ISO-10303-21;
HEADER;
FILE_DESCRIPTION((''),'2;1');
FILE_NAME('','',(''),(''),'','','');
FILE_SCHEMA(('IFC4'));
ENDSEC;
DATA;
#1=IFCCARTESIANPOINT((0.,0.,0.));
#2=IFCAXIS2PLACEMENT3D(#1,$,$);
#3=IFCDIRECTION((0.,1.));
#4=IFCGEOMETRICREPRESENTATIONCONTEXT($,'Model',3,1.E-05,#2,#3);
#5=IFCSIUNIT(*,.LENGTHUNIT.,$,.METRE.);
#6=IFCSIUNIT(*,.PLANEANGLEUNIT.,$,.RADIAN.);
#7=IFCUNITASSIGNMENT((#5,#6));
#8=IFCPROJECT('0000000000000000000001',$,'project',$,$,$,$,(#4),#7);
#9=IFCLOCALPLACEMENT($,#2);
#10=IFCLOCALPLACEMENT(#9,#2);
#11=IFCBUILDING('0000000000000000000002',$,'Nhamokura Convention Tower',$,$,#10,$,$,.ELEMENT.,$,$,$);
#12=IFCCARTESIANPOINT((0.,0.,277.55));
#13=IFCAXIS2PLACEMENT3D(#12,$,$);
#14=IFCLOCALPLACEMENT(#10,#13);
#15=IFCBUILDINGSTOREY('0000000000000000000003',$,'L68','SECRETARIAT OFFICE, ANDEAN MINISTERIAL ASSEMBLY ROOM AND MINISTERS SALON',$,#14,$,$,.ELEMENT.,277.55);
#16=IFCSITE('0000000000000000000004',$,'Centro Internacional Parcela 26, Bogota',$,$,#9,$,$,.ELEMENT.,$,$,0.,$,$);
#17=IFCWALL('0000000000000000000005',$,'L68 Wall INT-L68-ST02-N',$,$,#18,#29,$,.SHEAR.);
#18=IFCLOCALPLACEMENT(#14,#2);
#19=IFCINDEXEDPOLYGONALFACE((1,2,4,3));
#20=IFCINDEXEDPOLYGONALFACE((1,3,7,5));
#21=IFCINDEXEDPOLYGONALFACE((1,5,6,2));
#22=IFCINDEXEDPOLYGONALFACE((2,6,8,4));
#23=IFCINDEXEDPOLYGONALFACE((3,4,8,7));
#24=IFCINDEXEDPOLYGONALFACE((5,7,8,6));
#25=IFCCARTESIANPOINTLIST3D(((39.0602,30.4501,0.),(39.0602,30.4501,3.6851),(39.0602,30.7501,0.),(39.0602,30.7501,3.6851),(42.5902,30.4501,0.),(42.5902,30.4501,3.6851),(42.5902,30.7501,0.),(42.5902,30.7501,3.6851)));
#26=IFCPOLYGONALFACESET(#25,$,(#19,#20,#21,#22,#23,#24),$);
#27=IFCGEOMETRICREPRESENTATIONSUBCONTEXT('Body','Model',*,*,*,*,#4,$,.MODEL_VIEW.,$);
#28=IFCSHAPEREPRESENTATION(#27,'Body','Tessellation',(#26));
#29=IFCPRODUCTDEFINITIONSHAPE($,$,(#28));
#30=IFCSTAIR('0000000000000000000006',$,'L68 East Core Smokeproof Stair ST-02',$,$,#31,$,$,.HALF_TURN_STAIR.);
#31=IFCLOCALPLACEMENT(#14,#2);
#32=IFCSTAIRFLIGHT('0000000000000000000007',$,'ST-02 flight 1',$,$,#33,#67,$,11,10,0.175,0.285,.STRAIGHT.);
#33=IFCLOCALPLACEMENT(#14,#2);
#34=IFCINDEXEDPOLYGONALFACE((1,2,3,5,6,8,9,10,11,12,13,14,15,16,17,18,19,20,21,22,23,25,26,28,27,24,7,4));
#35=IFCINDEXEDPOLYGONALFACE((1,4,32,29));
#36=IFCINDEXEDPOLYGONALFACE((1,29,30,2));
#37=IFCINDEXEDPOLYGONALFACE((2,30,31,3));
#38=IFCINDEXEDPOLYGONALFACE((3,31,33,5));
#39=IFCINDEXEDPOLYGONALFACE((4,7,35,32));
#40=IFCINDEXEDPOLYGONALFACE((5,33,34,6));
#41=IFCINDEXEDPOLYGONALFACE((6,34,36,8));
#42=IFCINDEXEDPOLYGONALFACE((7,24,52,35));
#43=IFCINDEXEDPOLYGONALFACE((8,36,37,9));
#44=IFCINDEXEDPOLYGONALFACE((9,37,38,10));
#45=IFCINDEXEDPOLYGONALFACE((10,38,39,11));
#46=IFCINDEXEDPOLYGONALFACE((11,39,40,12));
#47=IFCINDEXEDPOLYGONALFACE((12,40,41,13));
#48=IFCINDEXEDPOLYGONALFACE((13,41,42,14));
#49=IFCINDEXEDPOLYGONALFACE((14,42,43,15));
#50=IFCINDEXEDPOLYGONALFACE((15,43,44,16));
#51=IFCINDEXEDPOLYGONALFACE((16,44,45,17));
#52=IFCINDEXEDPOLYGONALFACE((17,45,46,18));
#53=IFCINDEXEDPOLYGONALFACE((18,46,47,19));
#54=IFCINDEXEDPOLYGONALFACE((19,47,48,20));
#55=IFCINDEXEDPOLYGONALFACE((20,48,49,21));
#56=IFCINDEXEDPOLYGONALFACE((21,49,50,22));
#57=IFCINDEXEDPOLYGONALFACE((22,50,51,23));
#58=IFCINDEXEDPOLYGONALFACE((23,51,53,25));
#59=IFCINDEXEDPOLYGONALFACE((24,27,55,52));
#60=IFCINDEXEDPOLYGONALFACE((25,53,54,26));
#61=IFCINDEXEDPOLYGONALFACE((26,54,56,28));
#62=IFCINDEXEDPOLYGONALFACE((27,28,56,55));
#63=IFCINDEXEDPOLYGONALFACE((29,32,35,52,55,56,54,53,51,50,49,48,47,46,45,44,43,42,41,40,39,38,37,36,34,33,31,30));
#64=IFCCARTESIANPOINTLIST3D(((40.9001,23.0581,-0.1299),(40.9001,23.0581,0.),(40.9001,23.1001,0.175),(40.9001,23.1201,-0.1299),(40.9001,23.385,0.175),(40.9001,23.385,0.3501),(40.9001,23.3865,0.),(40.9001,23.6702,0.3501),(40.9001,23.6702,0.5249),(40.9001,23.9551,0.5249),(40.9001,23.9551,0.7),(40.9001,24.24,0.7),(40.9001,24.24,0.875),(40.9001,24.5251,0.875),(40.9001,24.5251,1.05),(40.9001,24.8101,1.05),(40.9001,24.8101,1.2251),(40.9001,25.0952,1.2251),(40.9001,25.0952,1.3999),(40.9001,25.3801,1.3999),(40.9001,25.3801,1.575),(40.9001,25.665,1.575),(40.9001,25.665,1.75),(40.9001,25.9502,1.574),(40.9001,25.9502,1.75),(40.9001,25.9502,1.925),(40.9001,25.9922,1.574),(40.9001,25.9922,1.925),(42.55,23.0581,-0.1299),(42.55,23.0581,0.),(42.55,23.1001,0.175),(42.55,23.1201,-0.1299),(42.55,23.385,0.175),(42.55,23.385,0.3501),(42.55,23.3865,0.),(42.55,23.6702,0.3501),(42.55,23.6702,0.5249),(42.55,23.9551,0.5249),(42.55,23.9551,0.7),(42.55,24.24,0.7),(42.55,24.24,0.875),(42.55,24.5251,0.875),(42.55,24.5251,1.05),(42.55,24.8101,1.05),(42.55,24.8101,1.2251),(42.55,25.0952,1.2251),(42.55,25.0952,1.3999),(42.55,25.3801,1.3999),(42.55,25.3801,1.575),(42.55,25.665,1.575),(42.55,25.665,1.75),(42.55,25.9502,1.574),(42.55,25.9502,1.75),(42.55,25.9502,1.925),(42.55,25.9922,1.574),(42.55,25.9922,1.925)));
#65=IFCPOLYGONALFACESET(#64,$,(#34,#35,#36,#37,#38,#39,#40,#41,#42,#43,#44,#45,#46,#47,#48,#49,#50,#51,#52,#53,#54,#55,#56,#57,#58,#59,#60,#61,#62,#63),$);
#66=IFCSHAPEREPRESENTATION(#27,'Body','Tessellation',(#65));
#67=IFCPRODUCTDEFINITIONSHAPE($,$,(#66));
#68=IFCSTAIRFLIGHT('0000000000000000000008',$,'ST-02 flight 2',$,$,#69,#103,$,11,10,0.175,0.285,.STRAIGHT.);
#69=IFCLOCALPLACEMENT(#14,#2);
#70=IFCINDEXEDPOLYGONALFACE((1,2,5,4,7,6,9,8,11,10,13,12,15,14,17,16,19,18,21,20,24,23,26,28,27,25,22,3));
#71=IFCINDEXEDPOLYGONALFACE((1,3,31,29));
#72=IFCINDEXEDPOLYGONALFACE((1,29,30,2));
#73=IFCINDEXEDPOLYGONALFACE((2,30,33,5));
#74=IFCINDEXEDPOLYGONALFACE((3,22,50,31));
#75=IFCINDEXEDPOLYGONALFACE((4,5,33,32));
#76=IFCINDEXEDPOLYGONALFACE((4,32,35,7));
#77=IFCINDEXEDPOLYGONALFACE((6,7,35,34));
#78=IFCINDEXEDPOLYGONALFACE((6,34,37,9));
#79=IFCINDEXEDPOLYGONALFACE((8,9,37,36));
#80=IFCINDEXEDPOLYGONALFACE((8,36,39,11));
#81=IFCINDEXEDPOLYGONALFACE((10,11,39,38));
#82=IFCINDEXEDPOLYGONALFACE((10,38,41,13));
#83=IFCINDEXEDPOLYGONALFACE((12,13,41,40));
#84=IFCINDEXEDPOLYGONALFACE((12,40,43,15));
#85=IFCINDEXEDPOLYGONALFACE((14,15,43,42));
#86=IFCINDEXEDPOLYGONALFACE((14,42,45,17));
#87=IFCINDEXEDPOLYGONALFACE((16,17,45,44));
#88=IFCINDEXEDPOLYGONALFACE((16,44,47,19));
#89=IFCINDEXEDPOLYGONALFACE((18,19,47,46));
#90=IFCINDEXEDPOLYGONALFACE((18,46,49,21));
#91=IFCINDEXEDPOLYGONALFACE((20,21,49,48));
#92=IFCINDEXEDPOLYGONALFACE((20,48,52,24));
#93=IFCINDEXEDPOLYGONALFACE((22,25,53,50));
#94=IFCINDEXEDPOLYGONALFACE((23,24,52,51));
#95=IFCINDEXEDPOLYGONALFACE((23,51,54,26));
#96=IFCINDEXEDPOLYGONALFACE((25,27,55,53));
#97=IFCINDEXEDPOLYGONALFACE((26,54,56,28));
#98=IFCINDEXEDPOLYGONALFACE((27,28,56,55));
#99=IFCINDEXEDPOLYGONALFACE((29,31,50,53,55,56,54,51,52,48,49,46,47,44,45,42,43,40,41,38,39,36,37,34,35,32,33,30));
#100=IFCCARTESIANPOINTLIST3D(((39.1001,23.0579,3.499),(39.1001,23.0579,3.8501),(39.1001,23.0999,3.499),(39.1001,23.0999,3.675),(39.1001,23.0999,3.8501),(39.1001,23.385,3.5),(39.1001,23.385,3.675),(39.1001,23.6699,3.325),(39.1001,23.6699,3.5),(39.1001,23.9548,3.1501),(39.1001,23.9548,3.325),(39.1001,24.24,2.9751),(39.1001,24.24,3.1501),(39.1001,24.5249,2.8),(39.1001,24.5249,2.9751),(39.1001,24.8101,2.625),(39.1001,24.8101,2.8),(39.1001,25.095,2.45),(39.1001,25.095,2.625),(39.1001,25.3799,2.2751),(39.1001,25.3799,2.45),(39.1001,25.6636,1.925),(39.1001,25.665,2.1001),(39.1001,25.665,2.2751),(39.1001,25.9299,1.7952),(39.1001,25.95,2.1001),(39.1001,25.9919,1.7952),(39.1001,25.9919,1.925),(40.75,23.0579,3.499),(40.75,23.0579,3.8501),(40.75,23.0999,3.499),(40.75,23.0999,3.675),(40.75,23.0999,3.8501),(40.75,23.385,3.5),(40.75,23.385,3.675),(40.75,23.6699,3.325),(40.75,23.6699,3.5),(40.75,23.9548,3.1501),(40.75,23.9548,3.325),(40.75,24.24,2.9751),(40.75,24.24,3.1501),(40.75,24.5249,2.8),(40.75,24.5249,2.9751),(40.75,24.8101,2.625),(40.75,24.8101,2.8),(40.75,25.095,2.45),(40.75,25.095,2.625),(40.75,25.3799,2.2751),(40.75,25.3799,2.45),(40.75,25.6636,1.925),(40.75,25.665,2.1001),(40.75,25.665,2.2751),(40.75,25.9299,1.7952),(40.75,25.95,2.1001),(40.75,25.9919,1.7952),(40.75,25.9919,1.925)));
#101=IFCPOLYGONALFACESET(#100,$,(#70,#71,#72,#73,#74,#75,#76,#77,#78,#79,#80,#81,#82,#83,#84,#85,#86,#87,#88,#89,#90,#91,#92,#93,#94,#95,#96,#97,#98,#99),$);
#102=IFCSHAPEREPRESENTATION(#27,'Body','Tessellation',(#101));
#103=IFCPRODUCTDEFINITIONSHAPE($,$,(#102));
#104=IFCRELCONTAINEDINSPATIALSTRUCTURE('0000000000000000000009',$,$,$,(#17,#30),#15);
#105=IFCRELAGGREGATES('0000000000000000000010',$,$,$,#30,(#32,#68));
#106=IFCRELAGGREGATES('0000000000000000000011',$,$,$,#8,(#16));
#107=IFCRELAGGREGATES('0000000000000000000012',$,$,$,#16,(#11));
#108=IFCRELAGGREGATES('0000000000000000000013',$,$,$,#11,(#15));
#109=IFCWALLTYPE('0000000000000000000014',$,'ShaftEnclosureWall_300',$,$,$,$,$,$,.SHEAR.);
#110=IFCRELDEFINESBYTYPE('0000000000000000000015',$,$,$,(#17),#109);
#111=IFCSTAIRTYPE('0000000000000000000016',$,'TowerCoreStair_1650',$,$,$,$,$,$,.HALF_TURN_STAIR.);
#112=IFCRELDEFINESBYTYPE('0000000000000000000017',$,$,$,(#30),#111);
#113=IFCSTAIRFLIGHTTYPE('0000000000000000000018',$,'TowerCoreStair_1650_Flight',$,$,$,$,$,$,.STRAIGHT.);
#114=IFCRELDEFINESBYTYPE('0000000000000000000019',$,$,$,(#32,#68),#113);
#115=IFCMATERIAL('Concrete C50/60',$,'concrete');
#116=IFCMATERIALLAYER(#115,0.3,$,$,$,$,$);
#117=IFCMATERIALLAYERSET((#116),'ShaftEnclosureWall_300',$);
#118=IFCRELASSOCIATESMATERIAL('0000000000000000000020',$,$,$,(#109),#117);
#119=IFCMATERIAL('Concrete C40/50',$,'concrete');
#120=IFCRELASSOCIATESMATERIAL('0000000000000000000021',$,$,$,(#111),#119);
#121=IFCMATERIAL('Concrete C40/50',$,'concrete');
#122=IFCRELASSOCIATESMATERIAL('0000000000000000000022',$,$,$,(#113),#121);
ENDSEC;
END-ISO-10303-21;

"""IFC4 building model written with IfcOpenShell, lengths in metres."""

from ifc_helpers import new_model, si_unit, direction, frame, frame_2d, origin, place, context, subcontext, project, spatial, polyline, rectangle, outline, extrude, material, layer, layer_set, type_object, element, aggregate, save


model = new_model("IFC4")

# Units and contexts
model_context = context("Model", 3, precision=1e-05, world=origin(), true_north=direction((0.0, 1.0)))
body_context = subcontext(model_context, "Body", "Model", "MODEL_VIEW")
ifc_project = project(units=[si_unit("LENGTHUNIT", "METRE"), si_unit("PLANEANGLEUNIT", "RADIAN")], contexts=[model_context])

# Site, building, storey
site_placement = place(None, origin())
site = spatial("IfcSite", under=ifc_project, at=site_placement, Name="Centro Internacional Parcela 26, Bogota", CompositionType="ELEMENT", RefElevation=0.0)
building_placement = place(site_placement, origin())
building = spatial("IfcBuilding", under=site, at=building_placement, Name="Nhamokura Convention Tower", CompositionType="ELEMENT")
storey_placement = place(building_placement, frame((0.0, 0.0, 277.55)))
storey = spatial("IfcBuildingStorey", under=building, at=storey_placement, Name="L68", Description="SECRETARIAT OFFICE, ANDEAN MINISTERIAL ASSEMBLY ROOM AND MINISTERS SALON", CompositionType="ELEMENT", Elevation=277.55)

# Wall
ifc_material_1 = material(Name="Concrete C50/60", Category="concrete")
ifc_layer_1 = layer(ifc_material_1, 0.3)
ifc_layer_set_1 = layer_set([ifc_layer_1], Name="ShaftEnclosureWall_300")
wall_type_1 = type_object("IfcWallType", Name="ShaftEnclosureWall_300", PredefinedType="SHEAR", material=ifc_layer_set_1)
wall_1_placement = place(storey_placement, frame((39.0601, 30.6001, 0.0), z_axis=(0.0, 0.0, 1.0), x_axis=(1.0, 0.0, 0.0)))
element("IfcWall", 1, at=wall_1_placement, inside=storey, type_object=wall_type_1, Name="L68 Wall INT-L68-ST02-N", PredefinedType="SHEAR", context=body_context, shape_type="SweptSolid", body=[
    extrude(rectangle(XDim=3.53, YDim=0.3, at=frame_2d((1.7651, 0.0))), origin(), (0.0, 0.0, 1.0), 3.6851),
])

# Stair, stair flights
ifc_material_2 = material(Name="Concrete C40/50", Category="concrete")
stair_type = type_object("IfcStairType", Name="TowerCoreStair_1650", PredefinedType="HALF_TURN_STAIR", material=ifc_material_2)
stair_placement = place(storey_placement, origin())
stair = element("IfcStair", 2, at=stair_placement, inside=storey, type_object=stair_type, Name="L68 East Core Smokeproof Stair ST-02", PredefinedType="HALF_TURN_STAIR")
ifc_material_3 = material(Name="Concrete C40/50", Category="concrete")
stair_flight_type = type_object("IfcStairFlightType", Name="TowerCoreStair_1650_Flight", PredefinedType="STRAIGHT", material=ifc_material_3)
stair_flight_1_placement = place(storey_placement, frame((41.7251, 23.1001, 0.0), z_axis=(0.0, 0.0, 1.0), x_axis=(0.0, 1.0, 0.0)))
stair_flight_1 = element("IfcStairFlight", 3, at=stair_flight_1_placement, type_object=stair_flight_type, Name="ST-02 flight 1", NumberOfRisers=11, NumberOfTreads=10, PredefinedType="STRAIGHT", RiserHeight=0.175, TreadLength=0.285, context=body_context, shape_type="SweptSolid", body=[
    extrude(outline(polyline([(-0.042, 0.0), (0.0, 0.175), (0.2849, 0.175), (0.2849, 0.3501), (0.5701, 0.3501), (0.5701, 0.5249), (0.855, 0.5249), (0.855, 0.7), (1.1399, 0.7), (1.1399, 0.875), (1.425, 0.875), (1.425, 1.05), (1.71, 1.05), (1.71, 1.2251), (1.9951, 1.2251), (1.9951, 1.3999), (2.28, 1.3999), (2.28, 1.575), (2.5649, 1.575), (2.5649, 1.75), (2.8501, 1.75), (2.8501, 1.925), (2.8921, 1.925), (2.8921, 1.574), (2.8501, 1.574), (0.2864, 0.0), (0.02, -0.1299), (-0.042, -0.1299), (-0.042, 0.0)])), frame((0.0, 0.825, 0.0), z_axis=(0.0, -1.0, 0.0), x_axis=(1.0, 0.0, 0.0)), (0.0, 0.0, 1.0), 1.6499),
])
stair_flight_2_placement = place(storey_placement, frame((39.925, 25.95, 1.925), z_axis=(0.0, 0.0, 1.0), x_axis=(0.0, -1.0, 0.0)))
stair_flight_2 = element("IfcStairFlight", 4, at=stair_flight_2_placement, type_object=stair_flight_type, Name="ST-02 flight 2", NumberOfRisers=11, NumberOfTreads=10, PredefinedType="STRAIGHT", RiserHeight=0.175, TreadLength=0.285, context=body_context, shape_type="SweptSolid", body=[
    extrude(outline(polyline([(-0.042, 0.0), (0.0, 0.175), (0.2849, 0.175), (0.2849, 0.3501), (0.5701, 0.3501), (0.5701, 0.5249), (0.855, 0.5249), (0.855, 0.7), (1.1399, 0.7), (1.1399, 0.875), (1.425, 0.875), (1.425, 1.05), (1.71, 1.05), (1.71, 1.2251), (1.9951, 1.2251), (1.9951, 1.3999), (2.28, 1.3999), (2.28, 1.575), (2.5649, 1.575), (2.5649, 1.75), (2.8501, 1.75), (2.8501, 1.925), (2.8921, 1.925), (2.8921, 1.574), (2.8501, 1.574), (0.2864, 0.0), (0.02, -0.1299), (-0.042, -0.1299), (-0.042, 0.0)])), frame((0.0, 0.825, 0.0), z_axis=(0.0, -1.0, 0.0), x_axis=(1.0, 0.0, 0.0)), (0.0, 0.0, 1.0), 1.6499),
])
aggregate(stair, [stair_flight_1, stair_flight_2])

save(model, "model.ifc")
